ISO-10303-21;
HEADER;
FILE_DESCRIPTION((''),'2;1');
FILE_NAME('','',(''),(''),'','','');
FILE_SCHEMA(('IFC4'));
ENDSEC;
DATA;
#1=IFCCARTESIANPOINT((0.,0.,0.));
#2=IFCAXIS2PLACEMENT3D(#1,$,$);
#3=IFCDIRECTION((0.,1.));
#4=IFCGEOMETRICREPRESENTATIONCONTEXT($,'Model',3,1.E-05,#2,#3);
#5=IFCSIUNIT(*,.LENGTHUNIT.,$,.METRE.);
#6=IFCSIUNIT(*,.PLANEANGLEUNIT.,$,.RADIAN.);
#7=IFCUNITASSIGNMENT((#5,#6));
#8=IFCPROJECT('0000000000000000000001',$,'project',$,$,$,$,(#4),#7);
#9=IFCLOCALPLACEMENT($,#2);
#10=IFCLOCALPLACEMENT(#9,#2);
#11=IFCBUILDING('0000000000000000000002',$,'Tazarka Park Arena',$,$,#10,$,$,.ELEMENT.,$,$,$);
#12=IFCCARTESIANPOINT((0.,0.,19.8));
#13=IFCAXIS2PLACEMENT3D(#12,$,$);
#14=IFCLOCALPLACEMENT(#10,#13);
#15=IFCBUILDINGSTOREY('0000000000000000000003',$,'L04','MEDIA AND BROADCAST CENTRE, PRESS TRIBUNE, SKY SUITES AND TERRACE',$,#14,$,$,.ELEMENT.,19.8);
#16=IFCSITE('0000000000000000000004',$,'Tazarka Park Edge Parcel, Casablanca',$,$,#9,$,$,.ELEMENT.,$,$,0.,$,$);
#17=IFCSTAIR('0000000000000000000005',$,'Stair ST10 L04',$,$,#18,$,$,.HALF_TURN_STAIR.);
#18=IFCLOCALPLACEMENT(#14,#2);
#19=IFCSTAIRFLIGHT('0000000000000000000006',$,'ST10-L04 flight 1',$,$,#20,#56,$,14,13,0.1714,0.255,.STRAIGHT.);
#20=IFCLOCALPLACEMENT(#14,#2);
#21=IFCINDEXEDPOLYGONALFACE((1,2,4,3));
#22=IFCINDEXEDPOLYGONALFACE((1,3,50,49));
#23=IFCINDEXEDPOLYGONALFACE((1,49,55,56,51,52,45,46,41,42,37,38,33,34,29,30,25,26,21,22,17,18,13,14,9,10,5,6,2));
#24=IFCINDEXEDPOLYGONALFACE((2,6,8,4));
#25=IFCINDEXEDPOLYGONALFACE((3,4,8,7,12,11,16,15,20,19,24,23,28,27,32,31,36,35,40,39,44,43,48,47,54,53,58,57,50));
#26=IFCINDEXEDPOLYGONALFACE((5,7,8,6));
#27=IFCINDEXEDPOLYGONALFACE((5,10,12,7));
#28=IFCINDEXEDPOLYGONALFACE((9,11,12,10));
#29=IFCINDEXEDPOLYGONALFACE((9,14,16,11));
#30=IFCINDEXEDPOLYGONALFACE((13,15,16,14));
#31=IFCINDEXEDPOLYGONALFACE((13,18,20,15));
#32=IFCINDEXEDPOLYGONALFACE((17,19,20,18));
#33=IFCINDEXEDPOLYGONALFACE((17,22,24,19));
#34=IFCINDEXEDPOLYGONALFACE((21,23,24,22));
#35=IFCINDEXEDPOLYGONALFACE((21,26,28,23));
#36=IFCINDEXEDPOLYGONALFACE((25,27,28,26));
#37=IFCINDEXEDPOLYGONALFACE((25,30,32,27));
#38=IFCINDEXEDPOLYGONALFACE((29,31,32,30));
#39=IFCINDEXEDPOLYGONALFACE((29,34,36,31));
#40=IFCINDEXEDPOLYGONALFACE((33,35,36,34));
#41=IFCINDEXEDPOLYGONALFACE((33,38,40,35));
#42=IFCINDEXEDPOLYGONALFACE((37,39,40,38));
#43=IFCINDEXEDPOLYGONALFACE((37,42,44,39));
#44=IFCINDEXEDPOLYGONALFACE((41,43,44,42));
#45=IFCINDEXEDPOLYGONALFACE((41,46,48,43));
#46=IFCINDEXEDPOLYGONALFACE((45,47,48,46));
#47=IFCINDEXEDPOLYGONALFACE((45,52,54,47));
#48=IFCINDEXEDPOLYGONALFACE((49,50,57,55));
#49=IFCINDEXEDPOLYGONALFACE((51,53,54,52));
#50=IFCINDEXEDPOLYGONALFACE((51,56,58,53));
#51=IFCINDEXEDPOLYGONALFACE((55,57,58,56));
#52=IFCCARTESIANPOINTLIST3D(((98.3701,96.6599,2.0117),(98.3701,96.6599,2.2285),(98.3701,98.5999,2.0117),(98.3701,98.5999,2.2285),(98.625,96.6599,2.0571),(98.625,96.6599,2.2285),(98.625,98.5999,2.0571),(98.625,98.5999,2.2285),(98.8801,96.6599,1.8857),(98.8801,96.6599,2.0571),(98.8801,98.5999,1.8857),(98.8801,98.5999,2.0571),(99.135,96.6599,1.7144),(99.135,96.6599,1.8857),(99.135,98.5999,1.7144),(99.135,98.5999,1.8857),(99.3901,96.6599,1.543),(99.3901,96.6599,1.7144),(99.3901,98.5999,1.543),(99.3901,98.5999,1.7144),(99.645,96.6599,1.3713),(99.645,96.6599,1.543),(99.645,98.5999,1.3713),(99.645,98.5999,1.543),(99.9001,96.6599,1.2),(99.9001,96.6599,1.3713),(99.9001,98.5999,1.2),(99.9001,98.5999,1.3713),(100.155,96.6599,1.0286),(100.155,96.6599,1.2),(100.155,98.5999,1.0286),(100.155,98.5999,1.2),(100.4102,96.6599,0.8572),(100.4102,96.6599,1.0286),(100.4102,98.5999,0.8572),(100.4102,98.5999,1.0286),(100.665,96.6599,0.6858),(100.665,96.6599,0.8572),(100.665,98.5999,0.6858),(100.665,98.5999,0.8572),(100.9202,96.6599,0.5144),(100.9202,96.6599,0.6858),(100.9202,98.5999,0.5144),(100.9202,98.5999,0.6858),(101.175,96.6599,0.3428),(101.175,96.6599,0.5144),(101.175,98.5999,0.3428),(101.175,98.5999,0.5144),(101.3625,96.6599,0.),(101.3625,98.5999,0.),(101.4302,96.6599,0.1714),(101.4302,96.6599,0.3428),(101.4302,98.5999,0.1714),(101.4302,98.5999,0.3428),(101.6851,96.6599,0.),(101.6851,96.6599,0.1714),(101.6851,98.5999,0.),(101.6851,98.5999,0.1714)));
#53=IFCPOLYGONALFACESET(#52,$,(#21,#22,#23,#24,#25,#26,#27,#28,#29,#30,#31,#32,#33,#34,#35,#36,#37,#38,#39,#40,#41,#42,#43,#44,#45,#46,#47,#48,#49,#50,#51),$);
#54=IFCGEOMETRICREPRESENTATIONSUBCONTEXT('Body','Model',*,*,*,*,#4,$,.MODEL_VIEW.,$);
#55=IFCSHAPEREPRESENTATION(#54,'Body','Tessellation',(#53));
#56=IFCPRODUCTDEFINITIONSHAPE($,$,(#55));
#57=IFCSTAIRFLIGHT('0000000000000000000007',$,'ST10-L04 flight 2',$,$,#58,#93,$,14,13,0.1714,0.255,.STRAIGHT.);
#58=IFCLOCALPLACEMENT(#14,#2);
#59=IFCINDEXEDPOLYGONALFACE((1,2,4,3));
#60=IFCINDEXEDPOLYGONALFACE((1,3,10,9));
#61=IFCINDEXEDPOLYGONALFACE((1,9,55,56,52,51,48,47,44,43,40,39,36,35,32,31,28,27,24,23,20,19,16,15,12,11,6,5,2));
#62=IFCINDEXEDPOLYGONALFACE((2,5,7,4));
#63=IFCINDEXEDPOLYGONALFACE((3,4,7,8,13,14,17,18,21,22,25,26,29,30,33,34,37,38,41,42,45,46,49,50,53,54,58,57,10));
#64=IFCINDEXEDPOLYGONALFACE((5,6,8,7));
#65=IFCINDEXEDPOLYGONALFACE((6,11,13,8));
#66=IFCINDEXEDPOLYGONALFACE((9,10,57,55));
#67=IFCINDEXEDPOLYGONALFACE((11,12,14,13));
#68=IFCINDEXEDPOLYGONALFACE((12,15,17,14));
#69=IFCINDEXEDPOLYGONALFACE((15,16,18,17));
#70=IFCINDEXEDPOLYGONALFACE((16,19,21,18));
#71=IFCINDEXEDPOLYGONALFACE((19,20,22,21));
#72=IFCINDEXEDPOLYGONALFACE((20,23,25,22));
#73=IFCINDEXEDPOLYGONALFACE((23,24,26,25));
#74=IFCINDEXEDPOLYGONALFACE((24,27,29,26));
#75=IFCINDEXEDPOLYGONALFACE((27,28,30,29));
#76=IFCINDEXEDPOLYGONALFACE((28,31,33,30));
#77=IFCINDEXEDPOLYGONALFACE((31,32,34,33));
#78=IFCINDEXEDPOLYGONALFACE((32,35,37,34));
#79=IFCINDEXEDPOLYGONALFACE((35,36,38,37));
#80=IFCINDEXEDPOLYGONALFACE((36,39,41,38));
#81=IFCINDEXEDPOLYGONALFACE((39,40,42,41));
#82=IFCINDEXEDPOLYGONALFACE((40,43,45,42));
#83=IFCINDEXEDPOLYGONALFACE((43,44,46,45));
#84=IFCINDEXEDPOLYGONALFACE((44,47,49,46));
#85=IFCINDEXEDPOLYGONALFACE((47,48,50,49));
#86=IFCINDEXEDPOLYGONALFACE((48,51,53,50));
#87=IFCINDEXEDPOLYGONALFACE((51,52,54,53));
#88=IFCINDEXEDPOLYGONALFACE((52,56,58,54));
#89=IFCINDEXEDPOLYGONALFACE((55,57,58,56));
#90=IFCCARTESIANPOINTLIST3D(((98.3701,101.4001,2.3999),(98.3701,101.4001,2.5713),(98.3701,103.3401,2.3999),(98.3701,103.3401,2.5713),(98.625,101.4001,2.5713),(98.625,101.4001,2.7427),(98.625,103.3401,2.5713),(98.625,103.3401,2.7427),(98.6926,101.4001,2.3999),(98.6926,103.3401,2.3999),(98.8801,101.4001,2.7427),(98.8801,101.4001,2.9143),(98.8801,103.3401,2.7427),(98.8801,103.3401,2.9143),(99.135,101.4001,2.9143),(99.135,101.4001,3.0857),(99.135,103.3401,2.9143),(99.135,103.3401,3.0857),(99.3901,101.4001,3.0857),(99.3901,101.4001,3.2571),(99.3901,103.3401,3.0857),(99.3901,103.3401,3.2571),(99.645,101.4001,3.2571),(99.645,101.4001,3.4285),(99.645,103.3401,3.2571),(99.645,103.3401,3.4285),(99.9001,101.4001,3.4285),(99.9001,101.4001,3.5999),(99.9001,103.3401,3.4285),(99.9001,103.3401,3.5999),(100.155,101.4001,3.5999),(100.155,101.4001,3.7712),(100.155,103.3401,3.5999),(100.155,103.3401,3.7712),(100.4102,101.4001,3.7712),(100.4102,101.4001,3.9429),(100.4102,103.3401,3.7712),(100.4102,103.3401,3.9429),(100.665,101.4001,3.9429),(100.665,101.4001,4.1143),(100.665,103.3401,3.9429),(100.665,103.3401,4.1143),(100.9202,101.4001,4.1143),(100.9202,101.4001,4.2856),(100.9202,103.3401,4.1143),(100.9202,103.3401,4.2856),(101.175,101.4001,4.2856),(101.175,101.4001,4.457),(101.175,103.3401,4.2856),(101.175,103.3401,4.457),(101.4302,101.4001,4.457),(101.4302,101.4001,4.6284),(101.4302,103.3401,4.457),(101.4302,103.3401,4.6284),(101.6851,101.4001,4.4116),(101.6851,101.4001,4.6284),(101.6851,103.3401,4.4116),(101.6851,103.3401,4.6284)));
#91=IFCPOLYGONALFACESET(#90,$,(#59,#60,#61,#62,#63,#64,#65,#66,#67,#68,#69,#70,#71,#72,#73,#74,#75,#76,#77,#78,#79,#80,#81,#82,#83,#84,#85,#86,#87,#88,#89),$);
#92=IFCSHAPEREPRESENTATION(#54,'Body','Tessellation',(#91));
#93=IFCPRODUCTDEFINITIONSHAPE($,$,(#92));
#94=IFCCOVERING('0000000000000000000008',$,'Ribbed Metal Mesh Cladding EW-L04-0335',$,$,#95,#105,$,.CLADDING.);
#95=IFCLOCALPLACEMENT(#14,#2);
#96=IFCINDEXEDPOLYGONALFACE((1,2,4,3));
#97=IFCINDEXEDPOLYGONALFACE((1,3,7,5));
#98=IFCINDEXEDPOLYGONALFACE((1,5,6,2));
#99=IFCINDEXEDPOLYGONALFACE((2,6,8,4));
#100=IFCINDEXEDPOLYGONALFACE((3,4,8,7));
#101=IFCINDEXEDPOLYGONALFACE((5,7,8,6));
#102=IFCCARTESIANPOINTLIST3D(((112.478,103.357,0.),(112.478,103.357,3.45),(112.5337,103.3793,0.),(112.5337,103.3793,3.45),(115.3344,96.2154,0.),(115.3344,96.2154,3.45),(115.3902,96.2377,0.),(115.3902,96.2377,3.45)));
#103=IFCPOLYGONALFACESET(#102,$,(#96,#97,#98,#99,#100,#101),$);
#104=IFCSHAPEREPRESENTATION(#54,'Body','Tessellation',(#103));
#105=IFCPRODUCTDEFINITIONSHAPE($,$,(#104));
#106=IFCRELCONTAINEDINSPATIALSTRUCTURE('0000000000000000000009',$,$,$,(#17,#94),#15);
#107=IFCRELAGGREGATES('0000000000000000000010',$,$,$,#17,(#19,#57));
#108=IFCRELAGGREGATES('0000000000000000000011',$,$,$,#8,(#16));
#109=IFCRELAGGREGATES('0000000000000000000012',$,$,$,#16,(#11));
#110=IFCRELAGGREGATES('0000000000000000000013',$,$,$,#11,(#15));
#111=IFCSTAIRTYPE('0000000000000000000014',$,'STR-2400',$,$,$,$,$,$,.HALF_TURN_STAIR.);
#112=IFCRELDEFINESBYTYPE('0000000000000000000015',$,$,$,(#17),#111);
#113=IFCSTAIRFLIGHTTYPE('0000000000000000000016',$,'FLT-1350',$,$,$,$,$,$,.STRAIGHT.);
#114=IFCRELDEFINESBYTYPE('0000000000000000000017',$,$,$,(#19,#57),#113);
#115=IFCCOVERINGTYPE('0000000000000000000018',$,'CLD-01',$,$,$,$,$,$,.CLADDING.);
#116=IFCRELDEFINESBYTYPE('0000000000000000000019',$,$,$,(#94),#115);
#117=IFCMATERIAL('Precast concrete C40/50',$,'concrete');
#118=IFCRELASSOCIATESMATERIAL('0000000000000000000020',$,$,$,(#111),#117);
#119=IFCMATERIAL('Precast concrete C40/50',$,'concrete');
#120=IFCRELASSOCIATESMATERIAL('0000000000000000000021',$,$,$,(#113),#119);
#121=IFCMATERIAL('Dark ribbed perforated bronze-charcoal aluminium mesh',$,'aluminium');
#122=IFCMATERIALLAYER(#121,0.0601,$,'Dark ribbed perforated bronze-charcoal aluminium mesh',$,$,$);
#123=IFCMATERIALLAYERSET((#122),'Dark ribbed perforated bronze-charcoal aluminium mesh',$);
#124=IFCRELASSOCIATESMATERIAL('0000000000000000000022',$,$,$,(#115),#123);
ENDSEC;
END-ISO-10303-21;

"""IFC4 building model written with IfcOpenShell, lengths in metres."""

from ifc_helpers import new_model, si_unit, direction, frame, origin, origin_2d, place, context, subcontext, project, spatial, polyline, rectangle, outline, extrude, material, layer, layer_set, type_object, element, aggregate, save


model = new_model("IFC4")

# Units and contexts
model_context = context("Model", 3, precision=1e-05, world=origin(), true_north=direction((0.0, 1.0)))
body_context = subcontext(model_context, "Body", "Model", "MODEL_VIEW")
ifc_project = project(units=[si_unit("LENGTHUNIT", "METRE"), si_unit("PLANEANGLEUNIT", "RADIAN")], contexts=[model_context])

# Site, building, storey
site_placement = place(None, origin())
site = spatial("IfcSite", under=ifc_project, at=site_placement, Name="Tazarka Park Edge Parcel, Casablanca", CompositionType="ELEMENT", RefElevation=0.0)
building_placement = place(site_placement, origin())
building = spatial("IfcBuilding", under=site, at=building_placement, Name="Tazarka Park Arena", CompositionType="ELEMENT")
storey_placement = place(building_placement, frame((0.0, 0.0, 19.8)))
storey = spatial("IfcBuildingStorey", under=building, at=storey_placement, Name="L04", Description="MEDIA AND BROADCAST CENTRE, PRESS TRIBUNE, SKY SUITES AND TERRACE", CompositionType="ELEMENT", Elevation=19.8)

# Stair, stair flights
ifc_material_1 = material(Name="Precast concrete C40/50", Category="concrete")
stair_type = type_object("IfcStairType", Name="STR-2400", PredefinedType="HALF_TURN_STAIR", material=ifc_material_1)
stair_placement = place(storey_placement, origin())
stair = element("IfcStair", 1, at=stair_placement, inside=storey, type_object=stair_type, Name="Stair ST10 L04", PredefinedType="HALF_TURN_STAIR")
ifc_material_2 = material(Name="Precast concrete C40/50", Category="concrete")
stair_flight_type = type_object("IfcStairFlightType", Name="FLT-1350", PredefinedType="STRAIGHT", material=ifc_material_2)
stair_flight_1_placement = place(storey_placement, frame((101.6851, 97.6299, 0.0), z_axis=(0.0, 0.0, 1.0), x_axis=(-1.0, 0.0, 0.0)))
stair_flight_1 = element("IfcStairFlight", 2, at=stair_flight_1_placement, type_object=stair_flight_type, Name="ST10-L04 flight 1", NumberOfRisers=14, NumberOfTreads=13, PredefinedType="STRAIGHT", RiserHeight=0.1714, TreadLength=0.255, context=body_context, shape_type="SweptSolid", body=[
    extrude(outline(polyline([(0.0, 0.0), (0.0, 0.1714), (0.2549, 0.1714), (0.2549, 0.3428), (0.51, 0.3428), (0.51, 0.5144), (0.7649, 0.5144), (0.7649, 0.6858), (1.02, 0.6858), (1.02, 0.8572), (1.2749, 0.8572), (1.2749, 1.0286), (1.53, 1.0286), (1.53, 1.2), (1.7849, 1.2), (1.7849, 1.3713), (2.04, 1.3713), (2.04, 1.543), (2.2949, 1.543), (2.2949, 1.7144), (2.55, 1.7144), (2.55, 1.8857), (2.8049, 1.8857), (2.8049, 2.0571), (3.0601, 2.0571), (3.0601, 2.2285), (3.3149, 2.2285), (3.3149, 2.3999), (3.3149, 2.0117), (0.3225, 0.0), (0.0, 0.0)])), frame((0.0, 0.97, 0.0), z_axis=(0.0, -1.0, 0.0), x_axis=(1.0, 0.0, 0.0)), (0.0, 0.0, 1.0), 1.9399),
])
stair_flight_2_placement = place(storey_placement, frame((98.3701, 102.3701, 2.3999), z_axis=(0.0, 0.0, 1.0), x_axis=(1.0, 0.0, 0.0)))
stair_flight_2 = element("IfcStairFlight", 3, at=stair_flight_2_placement, type_object=stair_flight_type, Name="ST10-L04 flight 2", NumberOfRisers=14, NumberOfTreads=13, PredefinedType="STRAIGHT", RiserHeight=0.1714, TreadLength=0.255, context=body_context, shape_type="SweptSolid", body=[
    extrude(outline(polyline([(0.0, 0.0), (0.0, 0.1714), (0.2549, 0.1714), (0.2549, 0.3428), (0.51, 0.3428), (0.51, 0.5144), (0.7649, 0.5144), (0.7649, 0.6858), (1.02, 0.6858), (1.02, 0.8572), (1.2749, 0.8572), (1.2749, 1.0286), (1.53, 1.0286), (1.53, 1.2), (1.7849, 1.2), (1.7849, 1.3713), (2.04, 1.3713), (2.04, 1.543), (2.2949, 1.543), (2.2949, 1.7144), (2.55, 1.7144), (2.55, 1.8857), (2.8049, 1.8857), (2.8049, 2.0571), (3.0601, 2.0571), (3.0601, 2.2285), (3.3149, 2.2285), (3.3149, 2.3999), (3.3149, 2.0117), (0.3225, 0.0), (0.0, 0.0)])), frame((0.0, 0.97, 0.0), z_axis=(0.0, -1.0, 0.0), x_axis=(1.0, 0.0, 0.0)), (0.0, 0.0, 1.0), 1.9399),
])
aggregate(stair, [stair_flight_1, stair_flight_2])

# Covering
ifc_material_3 = material(Name="Dark ribbed perforated bronze-charcoal aluminium mesh", Category="aluminium")
ifc_layer_1 = layer(ifc_material_3, 0.0601, Name="Dark ribbed perforated bronze-charcoal aluminium mesh")
ifc_layer_set_1 = layer_set([ifc_layer_1], Name="Dark ribbed perforated bronze-charcoal aluminium mesh")
covering_type = type_object("IfcCoveringType", Name="CLD-01", PredefinedType="CLADDING", material=ifc_layer_set_1)
covering_placement = place(storey_placement, frame((113.9341, 99.7974, 0.0), z_axis=(0.0, 0.0, 1.0), x_axis=(0.371368, -0.928486, 0.0)))
element("IfcCovering", 4, at=covering_placement, inside=storey, type_object=covering_type, Name="Ribbed Metal Mesh Cladding EW-L04-0335", PredefinedType="CLADDING", context=body_context, shape_type="SweptSolid", body=[
    extrude(rectangle(XDim=7.6917, YDim=0.0601, at=origin_2d()), origin(), (0.0, 0.0, 1.0), 3.45),
])

save(model, "model.ifc")
